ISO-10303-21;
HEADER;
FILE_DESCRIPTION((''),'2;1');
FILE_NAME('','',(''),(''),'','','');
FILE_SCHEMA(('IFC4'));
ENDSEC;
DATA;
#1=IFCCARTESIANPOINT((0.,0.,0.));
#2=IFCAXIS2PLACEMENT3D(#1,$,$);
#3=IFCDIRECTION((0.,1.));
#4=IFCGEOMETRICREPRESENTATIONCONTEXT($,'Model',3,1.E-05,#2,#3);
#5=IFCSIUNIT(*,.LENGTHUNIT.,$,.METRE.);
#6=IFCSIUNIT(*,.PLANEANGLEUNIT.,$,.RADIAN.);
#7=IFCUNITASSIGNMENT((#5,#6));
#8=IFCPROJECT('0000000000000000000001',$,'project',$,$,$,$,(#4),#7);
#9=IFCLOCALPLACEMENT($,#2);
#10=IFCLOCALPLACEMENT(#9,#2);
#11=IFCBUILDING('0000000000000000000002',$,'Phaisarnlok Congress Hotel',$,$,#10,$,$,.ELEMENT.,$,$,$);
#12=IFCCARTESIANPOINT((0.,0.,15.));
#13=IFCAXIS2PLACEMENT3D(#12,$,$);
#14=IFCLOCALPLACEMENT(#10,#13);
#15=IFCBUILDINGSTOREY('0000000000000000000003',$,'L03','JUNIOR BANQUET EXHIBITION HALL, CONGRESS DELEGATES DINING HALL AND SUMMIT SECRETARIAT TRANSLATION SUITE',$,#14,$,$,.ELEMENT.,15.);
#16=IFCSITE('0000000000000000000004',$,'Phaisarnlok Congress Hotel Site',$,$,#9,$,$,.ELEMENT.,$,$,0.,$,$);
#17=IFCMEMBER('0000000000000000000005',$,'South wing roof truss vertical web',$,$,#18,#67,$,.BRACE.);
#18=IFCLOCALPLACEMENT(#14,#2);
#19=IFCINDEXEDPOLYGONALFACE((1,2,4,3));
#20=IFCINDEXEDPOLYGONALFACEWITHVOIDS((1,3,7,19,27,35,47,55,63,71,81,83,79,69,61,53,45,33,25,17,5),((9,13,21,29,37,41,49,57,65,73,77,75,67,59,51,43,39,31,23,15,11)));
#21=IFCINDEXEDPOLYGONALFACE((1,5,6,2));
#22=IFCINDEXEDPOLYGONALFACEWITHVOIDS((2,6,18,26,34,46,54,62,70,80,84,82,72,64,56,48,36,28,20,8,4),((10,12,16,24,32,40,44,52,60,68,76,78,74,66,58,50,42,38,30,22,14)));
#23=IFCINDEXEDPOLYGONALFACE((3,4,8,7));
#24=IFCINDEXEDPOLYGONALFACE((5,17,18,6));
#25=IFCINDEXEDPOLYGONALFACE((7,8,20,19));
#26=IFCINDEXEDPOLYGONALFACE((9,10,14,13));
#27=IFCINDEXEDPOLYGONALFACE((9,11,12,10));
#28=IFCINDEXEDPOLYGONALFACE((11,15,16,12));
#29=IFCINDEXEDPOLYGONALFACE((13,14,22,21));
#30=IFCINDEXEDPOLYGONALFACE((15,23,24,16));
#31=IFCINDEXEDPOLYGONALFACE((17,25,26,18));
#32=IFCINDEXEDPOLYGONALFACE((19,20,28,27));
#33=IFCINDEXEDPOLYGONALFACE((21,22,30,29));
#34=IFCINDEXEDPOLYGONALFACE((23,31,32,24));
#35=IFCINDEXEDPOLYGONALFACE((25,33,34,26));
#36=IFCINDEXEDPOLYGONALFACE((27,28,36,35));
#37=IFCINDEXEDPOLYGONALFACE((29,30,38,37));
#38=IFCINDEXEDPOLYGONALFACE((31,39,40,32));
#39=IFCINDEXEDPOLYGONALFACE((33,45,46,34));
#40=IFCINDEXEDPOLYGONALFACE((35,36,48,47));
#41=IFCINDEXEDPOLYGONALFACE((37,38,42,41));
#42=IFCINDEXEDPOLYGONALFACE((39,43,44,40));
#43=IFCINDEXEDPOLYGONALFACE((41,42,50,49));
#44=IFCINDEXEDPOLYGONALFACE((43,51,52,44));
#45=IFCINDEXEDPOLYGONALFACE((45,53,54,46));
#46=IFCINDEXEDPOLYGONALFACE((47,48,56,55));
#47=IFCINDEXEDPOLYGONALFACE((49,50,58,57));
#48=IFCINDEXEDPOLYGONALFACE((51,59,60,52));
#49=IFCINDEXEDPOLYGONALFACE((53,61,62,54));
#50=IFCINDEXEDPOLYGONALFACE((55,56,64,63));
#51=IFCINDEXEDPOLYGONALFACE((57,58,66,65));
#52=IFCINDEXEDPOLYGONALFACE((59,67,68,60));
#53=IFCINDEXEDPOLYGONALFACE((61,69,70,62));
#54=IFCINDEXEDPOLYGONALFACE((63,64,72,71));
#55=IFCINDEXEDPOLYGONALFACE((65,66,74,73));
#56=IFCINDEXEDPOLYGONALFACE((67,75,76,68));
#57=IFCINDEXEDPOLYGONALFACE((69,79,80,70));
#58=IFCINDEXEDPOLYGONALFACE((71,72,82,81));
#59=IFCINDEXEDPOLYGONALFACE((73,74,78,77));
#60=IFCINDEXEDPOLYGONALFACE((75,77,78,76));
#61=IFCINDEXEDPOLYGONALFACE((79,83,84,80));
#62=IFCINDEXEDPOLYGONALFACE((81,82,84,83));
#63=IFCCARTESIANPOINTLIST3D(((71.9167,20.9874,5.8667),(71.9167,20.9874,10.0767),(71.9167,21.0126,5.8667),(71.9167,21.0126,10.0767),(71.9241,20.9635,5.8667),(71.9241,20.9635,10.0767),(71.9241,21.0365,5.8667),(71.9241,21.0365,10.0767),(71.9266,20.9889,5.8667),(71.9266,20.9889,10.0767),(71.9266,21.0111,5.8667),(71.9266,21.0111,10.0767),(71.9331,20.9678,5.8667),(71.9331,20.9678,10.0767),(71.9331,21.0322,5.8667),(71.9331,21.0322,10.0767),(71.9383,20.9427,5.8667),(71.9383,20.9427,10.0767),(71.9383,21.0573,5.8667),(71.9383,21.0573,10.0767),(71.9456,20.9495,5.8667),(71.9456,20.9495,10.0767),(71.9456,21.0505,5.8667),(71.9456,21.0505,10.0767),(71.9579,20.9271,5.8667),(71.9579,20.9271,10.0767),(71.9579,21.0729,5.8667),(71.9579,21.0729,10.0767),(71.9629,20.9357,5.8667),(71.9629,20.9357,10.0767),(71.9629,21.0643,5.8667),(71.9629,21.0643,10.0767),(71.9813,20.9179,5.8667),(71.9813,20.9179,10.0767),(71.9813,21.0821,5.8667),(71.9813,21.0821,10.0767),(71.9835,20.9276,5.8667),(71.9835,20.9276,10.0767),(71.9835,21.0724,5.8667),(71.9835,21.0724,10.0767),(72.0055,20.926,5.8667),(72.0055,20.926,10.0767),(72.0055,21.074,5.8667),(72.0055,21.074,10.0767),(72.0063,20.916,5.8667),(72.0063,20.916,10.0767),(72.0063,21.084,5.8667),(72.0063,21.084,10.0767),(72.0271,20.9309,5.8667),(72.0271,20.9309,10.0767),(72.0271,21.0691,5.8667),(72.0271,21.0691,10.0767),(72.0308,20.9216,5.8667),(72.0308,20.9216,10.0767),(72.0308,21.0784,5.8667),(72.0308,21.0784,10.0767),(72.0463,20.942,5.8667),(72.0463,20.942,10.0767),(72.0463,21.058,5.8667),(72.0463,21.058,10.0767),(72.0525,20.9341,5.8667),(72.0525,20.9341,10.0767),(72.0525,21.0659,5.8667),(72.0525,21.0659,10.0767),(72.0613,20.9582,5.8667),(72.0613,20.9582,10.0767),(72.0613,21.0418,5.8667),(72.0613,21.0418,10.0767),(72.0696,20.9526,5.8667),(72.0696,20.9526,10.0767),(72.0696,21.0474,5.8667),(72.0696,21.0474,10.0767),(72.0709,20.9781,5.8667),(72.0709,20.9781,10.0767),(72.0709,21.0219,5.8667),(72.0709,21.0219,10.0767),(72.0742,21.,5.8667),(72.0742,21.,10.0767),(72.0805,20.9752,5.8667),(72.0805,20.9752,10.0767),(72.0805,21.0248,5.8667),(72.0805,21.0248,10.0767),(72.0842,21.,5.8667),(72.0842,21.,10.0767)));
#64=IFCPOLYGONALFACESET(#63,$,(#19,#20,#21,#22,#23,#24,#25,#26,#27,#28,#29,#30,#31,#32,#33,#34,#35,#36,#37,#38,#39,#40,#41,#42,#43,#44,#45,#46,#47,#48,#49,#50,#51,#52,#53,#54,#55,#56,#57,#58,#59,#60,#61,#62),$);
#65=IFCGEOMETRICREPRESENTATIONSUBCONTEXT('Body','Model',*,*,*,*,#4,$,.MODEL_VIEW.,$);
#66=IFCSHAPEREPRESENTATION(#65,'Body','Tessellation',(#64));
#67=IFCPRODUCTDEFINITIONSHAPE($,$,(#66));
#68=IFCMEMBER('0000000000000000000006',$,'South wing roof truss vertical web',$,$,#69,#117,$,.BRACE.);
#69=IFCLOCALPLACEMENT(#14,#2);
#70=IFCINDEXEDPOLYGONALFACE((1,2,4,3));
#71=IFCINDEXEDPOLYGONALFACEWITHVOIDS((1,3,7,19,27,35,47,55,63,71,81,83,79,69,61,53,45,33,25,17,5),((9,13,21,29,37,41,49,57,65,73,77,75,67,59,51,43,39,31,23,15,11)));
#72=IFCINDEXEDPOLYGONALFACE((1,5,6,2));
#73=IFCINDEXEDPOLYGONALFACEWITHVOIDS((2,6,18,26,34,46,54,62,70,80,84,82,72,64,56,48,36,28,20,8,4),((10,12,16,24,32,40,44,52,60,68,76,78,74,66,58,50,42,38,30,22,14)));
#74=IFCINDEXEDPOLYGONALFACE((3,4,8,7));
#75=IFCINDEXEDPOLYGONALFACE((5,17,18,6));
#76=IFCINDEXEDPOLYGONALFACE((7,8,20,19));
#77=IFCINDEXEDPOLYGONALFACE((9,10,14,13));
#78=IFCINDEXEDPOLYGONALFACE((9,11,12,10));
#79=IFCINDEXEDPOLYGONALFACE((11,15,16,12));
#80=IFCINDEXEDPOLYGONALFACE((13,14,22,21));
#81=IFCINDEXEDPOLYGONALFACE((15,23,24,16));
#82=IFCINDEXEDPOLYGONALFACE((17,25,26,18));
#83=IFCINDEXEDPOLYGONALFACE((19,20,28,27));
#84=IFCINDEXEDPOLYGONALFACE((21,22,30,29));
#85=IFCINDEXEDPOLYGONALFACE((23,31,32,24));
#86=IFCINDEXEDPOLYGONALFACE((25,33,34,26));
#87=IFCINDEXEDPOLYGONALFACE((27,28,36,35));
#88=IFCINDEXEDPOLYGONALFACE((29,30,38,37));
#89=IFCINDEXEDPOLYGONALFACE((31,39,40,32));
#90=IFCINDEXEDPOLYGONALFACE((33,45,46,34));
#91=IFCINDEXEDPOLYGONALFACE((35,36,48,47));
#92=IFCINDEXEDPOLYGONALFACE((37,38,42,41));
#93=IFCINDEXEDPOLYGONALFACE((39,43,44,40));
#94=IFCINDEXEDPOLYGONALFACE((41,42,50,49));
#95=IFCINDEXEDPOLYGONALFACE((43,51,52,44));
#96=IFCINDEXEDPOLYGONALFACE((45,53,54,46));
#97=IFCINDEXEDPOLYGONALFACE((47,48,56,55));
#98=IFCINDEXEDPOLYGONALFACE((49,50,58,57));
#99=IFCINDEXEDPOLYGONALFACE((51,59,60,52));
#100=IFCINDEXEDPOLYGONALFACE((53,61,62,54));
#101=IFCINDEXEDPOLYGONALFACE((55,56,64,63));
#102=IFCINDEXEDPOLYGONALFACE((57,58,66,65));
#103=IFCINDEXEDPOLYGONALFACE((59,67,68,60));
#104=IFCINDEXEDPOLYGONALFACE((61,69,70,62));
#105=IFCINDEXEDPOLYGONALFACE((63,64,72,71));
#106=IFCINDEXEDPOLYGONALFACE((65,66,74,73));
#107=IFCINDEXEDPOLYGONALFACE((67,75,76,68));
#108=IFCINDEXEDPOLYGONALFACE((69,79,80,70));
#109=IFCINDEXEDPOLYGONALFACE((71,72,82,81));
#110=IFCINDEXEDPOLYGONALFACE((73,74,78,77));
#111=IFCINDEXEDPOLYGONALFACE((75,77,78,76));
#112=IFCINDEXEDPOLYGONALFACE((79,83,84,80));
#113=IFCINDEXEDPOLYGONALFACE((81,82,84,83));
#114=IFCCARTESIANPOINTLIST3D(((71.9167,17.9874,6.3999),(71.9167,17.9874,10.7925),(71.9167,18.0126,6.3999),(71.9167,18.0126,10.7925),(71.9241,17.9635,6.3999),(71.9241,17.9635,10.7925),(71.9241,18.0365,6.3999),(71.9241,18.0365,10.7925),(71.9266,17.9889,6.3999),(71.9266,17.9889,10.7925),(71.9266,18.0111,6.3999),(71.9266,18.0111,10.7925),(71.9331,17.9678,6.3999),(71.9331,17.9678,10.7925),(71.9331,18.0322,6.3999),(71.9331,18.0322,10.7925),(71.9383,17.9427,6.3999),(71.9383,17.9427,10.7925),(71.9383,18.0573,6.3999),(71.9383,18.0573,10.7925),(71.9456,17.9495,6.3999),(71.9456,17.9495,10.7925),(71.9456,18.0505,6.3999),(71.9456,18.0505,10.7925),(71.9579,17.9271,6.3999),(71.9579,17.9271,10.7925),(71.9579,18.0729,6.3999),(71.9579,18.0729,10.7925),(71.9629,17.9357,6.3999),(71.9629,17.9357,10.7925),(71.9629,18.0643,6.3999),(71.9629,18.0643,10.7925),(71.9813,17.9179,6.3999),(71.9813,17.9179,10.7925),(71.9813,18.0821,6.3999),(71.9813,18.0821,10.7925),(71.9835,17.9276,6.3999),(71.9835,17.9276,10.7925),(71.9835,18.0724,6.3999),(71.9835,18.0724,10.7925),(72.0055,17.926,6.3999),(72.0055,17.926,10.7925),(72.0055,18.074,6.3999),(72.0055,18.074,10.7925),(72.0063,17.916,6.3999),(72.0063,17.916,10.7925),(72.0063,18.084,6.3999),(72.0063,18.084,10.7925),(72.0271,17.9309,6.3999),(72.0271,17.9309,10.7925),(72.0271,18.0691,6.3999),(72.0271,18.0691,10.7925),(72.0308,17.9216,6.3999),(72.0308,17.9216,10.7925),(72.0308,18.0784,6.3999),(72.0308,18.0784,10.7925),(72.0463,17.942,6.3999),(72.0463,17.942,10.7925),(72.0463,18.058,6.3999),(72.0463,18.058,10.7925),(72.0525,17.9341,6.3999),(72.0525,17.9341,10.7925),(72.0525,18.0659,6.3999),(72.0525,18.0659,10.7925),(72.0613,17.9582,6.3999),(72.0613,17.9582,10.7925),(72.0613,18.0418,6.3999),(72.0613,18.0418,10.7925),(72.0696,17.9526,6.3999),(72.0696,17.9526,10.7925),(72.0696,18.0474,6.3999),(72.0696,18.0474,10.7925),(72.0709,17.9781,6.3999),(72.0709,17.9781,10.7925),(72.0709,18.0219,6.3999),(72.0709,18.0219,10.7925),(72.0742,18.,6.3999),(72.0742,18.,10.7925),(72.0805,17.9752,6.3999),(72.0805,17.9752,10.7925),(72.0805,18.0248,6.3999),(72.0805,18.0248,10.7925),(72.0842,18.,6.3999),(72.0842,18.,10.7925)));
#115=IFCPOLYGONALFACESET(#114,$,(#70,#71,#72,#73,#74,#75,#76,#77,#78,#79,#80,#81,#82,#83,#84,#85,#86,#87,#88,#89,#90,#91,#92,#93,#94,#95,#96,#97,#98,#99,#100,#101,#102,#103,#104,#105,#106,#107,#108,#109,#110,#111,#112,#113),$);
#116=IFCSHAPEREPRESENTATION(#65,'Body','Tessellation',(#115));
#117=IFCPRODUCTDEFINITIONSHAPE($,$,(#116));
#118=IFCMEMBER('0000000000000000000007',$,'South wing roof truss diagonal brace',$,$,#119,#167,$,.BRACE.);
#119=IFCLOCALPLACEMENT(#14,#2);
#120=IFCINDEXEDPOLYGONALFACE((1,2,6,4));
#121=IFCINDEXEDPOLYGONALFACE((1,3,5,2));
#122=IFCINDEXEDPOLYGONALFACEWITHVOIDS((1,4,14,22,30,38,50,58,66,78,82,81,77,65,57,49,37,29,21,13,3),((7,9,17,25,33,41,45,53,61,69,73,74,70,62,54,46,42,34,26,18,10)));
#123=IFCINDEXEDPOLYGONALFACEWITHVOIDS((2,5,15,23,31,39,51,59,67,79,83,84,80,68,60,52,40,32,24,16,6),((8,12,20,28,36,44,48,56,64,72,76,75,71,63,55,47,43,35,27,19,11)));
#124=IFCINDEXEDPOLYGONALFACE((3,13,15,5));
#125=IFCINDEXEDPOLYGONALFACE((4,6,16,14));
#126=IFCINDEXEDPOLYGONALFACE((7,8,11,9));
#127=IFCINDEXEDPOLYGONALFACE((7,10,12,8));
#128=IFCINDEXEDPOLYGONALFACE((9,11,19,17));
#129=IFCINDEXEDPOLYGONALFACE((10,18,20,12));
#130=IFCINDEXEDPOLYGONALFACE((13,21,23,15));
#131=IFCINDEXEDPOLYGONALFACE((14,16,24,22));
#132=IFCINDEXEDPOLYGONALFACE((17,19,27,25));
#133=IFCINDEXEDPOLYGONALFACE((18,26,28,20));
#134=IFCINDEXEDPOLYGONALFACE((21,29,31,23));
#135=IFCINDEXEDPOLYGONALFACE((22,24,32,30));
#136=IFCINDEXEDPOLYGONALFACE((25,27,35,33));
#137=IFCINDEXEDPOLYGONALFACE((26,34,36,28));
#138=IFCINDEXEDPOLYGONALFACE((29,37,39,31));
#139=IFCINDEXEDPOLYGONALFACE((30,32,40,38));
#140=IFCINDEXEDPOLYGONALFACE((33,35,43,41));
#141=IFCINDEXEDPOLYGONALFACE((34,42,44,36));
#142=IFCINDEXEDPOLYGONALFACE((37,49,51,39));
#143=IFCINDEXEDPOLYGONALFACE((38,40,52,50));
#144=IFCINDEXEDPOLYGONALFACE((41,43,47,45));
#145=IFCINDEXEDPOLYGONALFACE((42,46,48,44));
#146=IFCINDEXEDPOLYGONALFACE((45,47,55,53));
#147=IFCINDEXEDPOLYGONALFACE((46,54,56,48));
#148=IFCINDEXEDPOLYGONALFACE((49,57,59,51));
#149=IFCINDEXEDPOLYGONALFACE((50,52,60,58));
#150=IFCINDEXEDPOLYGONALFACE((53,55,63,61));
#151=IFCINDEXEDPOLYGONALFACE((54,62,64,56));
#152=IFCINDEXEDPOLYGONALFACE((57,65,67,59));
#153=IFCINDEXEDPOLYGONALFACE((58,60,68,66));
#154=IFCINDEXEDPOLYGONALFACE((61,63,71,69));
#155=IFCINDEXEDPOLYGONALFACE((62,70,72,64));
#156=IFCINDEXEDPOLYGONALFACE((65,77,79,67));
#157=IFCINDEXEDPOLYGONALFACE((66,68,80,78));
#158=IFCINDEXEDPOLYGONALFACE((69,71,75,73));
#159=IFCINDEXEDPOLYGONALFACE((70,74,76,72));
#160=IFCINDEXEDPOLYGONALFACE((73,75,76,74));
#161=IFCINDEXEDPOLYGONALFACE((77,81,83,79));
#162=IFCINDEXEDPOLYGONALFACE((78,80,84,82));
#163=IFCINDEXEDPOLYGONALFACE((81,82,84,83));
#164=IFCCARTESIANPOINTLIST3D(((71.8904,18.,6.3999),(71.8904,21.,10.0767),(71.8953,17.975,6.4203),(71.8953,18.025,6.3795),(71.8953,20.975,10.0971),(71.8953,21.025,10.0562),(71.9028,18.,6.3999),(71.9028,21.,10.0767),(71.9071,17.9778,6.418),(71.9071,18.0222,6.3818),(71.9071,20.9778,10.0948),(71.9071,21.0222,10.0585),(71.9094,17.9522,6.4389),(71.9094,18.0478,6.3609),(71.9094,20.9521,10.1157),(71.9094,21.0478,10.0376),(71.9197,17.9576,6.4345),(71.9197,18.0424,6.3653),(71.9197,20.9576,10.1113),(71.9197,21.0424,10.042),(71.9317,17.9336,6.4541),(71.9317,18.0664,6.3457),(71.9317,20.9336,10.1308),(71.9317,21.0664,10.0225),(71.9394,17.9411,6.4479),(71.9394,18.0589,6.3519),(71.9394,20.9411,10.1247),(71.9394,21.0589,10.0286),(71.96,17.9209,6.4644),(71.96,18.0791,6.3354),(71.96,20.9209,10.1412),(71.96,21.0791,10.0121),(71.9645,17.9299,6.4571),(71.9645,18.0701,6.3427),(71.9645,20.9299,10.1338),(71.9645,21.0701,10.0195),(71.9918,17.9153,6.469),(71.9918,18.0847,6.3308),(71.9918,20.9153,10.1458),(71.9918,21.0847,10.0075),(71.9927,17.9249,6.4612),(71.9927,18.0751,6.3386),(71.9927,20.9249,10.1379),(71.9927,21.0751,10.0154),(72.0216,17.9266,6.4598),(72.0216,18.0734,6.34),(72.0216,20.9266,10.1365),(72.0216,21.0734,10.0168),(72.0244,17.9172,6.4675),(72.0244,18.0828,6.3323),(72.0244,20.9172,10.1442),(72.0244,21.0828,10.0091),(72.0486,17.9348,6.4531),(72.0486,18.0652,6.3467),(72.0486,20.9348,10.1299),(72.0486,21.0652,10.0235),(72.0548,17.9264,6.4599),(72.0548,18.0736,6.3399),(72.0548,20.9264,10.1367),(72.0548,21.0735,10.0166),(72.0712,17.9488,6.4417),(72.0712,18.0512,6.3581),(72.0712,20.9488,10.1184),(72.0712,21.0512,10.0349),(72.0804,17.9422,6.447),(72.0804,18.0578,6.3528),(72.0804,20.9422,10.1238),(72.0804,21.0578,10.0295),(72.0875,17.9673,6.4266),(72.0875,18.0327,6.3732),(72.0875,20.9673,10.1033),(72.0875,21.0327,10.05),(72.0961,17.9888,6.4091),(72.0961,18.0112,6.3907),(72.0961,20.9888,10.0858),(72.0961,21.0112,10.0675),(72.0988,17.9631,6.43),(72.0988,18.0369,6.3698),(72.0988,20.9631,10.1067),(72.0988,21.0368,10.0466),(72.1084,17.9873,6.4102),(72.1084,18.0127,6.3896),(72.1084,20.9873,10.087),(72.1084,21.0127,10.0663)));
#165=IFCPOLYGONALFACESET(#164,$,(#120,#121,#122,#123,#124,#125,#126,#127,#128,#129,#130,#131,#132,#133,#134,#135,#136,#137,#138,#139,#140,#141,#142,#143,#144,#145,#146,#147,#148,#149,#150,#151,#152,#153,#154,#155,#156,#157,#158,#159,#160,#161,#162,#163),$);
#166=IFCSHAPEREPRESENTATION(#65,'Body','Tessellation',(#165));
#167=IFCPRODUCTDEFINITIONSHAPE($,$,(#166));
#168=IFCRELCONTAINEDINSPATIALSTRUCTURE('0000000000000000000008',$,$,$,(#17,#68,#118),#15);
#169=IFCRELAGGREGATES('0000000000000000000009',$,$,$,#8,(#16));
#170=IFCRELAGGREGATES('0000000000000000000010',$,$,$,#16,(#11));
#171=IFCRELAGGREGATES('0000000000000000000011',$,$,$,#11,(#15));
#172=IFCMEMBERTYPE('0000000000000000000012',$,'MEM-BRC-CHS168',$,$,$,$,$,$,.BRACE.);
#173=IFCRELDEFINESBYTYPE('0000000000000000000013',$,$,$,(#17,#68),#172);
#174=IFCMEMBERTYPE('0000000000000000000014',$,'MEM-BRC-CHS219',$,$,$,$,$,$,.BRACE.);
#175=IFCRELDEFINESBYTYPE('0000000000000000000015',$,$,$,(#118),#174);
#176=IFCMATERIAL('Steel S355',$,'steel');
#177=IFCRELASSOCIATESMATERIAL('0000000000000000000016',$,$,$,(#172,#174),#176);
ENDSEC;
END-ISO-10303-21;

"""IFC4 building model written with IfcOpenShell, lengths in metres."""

from ifc_helpers import new_model, si_unit, direction, frame, origin, origin_2d, place, context, subcontext, project, spatial, hollow_circle, extrude, material, material_profile, profile_set, type_object, element, save


model = new_model("IFC4")

# Units and contexts
model_context = context("Model", 3, precision=1e-05, world=origin(), true_north=direction((0.0, 1.0)))
body_context = subcontext(model_context, "Body", "Model", "MODEL_VIEW")
ifc_project = project(units=[si_unit("LENGTHUNIT", "METRE"), si_unit("PLANEANGLEUNIT", "RADIAN")], contexts=[model_context])

# Site, building, storey
site_placement = place(None, origin())
site = spatial("IfcSite", under=ifc_project, at=site_placement, Name="Phaisarnlok Congress Hotel Site", CompositionType="ELEMENT", RefElevation=0.0)
building_placement = place(site_placement, origin())
building = spatial("IfcBuilding", under=site, at=building_placement, Name="Phaisarnlok Congress Hotel", CompositionType="ELEMENT")
storey_placement = place(building_placement, frame((0.0, 0.0, 15.0)))
storey = spatial("IfcBuildingStorey", under=building, at=storey_placement, Name="L03", Description="JUNIOR BANQUET EXHIBITION HALL, CONGRESS DELEGATES DINING HALL AND SUMMIT SECRETARIAT TRANSLATION SUITE", CompositionType="ELEMENT", Elevation=15.0)

# Shared definitions
ifc_material_1 = material(Name="Steel S355", Category="steel")

# Members
ifc_material_profile_1 = material_profile(ifc_material_1, hollow_circle(Radius=0.0842, WallThickness=0.01, at=origin_2d()), Name="CHS 168.3x10")
ifc_profile_set_1 = profile_set([ifc_material_profile_1], Name="Steel S355")
member_type_1 = type_object("IfcMemberType", Name="MEM-BRC-CHS168", PredefinedType="BRACE", material=ifc_profile_set_1)
member_1_placement = place(storey_placement, frame((72.0, 21.0, 5.8667), z_axis=(0.0, 0.0, 1.0), x_axis=(1.0, 0.0, 0.0)))
element("IfcMember", 1, at=member_1_placement, inside=storey, type_object=member_type_1, Name="South wing roof truss vertical web", PredefinedType="BRACE", context=body_context, shape_type="SweptSolid", body=[
    extrude(hollow_circle(Radius=0.0842, WallThickness=0.01, at=origin_2d()), origin(), (0.0, 0.0, 1.0), 4.21),
])
member_2_placement = place(storey_placement, frame((72.0, 18.0, 6.3999), z_axis=(0.0, 0.0, 1.0), x_axis=(1.0, 0.0, 0.0)))
element("IfcMember", 2, at=member_2_placement, inside=storey, type_object=member_type_1, Name="South wing roof truss vertical web", PredefinedType="BRACE", context=body_context, shape_type="SweptSolid", body=[
    extrude(hollow_circle(Radius=0.0842, WallThickness=0.01, at=origin_2d()), origin(), (0.0, 0.0, 1.0), 4.3926),
])
ifc_material_profile_2 = material_profile(ifc_material_1, hollow_circle(Radius=0.1096, WallThickness=0.0125, at=origin_2d()), Name="CHS 219.1x12.5")
ifc_profile_set_2 = profile_set([ifc_material_profile_2], Name="Steel S355")
member_type_2 = type_object("IfcMemberType", Name="MEM-BRC-CHS219", PredefinedType="BRACE", material=ifc_profile_set_2)
for number, where, z_axis, x_axis, name in (
    (3, (72.0, 18.0, 6.3999), (0.0, 0.632195, 0.774809), (-1.0, 0.0, 0.0), "South wing roof truss diagonal brace"),
):
    element("IfcMember", number, at=place(storey_placement, frame(where, z_axis=z_axis, x_axis=x_axis)), inside=storey, type_object=member_type_2, Name=name, PredefinedType="BRACE", context=body_context, shape_type="SweptSolid", body=[
        extrude(hollow_circle(Radius=0.1096, WallThickness=0.0125, at=origin_2d()), origin(), (0.0, 0.0, 1.0), 4.7454),
    ])

save(model, "model.ifc")
